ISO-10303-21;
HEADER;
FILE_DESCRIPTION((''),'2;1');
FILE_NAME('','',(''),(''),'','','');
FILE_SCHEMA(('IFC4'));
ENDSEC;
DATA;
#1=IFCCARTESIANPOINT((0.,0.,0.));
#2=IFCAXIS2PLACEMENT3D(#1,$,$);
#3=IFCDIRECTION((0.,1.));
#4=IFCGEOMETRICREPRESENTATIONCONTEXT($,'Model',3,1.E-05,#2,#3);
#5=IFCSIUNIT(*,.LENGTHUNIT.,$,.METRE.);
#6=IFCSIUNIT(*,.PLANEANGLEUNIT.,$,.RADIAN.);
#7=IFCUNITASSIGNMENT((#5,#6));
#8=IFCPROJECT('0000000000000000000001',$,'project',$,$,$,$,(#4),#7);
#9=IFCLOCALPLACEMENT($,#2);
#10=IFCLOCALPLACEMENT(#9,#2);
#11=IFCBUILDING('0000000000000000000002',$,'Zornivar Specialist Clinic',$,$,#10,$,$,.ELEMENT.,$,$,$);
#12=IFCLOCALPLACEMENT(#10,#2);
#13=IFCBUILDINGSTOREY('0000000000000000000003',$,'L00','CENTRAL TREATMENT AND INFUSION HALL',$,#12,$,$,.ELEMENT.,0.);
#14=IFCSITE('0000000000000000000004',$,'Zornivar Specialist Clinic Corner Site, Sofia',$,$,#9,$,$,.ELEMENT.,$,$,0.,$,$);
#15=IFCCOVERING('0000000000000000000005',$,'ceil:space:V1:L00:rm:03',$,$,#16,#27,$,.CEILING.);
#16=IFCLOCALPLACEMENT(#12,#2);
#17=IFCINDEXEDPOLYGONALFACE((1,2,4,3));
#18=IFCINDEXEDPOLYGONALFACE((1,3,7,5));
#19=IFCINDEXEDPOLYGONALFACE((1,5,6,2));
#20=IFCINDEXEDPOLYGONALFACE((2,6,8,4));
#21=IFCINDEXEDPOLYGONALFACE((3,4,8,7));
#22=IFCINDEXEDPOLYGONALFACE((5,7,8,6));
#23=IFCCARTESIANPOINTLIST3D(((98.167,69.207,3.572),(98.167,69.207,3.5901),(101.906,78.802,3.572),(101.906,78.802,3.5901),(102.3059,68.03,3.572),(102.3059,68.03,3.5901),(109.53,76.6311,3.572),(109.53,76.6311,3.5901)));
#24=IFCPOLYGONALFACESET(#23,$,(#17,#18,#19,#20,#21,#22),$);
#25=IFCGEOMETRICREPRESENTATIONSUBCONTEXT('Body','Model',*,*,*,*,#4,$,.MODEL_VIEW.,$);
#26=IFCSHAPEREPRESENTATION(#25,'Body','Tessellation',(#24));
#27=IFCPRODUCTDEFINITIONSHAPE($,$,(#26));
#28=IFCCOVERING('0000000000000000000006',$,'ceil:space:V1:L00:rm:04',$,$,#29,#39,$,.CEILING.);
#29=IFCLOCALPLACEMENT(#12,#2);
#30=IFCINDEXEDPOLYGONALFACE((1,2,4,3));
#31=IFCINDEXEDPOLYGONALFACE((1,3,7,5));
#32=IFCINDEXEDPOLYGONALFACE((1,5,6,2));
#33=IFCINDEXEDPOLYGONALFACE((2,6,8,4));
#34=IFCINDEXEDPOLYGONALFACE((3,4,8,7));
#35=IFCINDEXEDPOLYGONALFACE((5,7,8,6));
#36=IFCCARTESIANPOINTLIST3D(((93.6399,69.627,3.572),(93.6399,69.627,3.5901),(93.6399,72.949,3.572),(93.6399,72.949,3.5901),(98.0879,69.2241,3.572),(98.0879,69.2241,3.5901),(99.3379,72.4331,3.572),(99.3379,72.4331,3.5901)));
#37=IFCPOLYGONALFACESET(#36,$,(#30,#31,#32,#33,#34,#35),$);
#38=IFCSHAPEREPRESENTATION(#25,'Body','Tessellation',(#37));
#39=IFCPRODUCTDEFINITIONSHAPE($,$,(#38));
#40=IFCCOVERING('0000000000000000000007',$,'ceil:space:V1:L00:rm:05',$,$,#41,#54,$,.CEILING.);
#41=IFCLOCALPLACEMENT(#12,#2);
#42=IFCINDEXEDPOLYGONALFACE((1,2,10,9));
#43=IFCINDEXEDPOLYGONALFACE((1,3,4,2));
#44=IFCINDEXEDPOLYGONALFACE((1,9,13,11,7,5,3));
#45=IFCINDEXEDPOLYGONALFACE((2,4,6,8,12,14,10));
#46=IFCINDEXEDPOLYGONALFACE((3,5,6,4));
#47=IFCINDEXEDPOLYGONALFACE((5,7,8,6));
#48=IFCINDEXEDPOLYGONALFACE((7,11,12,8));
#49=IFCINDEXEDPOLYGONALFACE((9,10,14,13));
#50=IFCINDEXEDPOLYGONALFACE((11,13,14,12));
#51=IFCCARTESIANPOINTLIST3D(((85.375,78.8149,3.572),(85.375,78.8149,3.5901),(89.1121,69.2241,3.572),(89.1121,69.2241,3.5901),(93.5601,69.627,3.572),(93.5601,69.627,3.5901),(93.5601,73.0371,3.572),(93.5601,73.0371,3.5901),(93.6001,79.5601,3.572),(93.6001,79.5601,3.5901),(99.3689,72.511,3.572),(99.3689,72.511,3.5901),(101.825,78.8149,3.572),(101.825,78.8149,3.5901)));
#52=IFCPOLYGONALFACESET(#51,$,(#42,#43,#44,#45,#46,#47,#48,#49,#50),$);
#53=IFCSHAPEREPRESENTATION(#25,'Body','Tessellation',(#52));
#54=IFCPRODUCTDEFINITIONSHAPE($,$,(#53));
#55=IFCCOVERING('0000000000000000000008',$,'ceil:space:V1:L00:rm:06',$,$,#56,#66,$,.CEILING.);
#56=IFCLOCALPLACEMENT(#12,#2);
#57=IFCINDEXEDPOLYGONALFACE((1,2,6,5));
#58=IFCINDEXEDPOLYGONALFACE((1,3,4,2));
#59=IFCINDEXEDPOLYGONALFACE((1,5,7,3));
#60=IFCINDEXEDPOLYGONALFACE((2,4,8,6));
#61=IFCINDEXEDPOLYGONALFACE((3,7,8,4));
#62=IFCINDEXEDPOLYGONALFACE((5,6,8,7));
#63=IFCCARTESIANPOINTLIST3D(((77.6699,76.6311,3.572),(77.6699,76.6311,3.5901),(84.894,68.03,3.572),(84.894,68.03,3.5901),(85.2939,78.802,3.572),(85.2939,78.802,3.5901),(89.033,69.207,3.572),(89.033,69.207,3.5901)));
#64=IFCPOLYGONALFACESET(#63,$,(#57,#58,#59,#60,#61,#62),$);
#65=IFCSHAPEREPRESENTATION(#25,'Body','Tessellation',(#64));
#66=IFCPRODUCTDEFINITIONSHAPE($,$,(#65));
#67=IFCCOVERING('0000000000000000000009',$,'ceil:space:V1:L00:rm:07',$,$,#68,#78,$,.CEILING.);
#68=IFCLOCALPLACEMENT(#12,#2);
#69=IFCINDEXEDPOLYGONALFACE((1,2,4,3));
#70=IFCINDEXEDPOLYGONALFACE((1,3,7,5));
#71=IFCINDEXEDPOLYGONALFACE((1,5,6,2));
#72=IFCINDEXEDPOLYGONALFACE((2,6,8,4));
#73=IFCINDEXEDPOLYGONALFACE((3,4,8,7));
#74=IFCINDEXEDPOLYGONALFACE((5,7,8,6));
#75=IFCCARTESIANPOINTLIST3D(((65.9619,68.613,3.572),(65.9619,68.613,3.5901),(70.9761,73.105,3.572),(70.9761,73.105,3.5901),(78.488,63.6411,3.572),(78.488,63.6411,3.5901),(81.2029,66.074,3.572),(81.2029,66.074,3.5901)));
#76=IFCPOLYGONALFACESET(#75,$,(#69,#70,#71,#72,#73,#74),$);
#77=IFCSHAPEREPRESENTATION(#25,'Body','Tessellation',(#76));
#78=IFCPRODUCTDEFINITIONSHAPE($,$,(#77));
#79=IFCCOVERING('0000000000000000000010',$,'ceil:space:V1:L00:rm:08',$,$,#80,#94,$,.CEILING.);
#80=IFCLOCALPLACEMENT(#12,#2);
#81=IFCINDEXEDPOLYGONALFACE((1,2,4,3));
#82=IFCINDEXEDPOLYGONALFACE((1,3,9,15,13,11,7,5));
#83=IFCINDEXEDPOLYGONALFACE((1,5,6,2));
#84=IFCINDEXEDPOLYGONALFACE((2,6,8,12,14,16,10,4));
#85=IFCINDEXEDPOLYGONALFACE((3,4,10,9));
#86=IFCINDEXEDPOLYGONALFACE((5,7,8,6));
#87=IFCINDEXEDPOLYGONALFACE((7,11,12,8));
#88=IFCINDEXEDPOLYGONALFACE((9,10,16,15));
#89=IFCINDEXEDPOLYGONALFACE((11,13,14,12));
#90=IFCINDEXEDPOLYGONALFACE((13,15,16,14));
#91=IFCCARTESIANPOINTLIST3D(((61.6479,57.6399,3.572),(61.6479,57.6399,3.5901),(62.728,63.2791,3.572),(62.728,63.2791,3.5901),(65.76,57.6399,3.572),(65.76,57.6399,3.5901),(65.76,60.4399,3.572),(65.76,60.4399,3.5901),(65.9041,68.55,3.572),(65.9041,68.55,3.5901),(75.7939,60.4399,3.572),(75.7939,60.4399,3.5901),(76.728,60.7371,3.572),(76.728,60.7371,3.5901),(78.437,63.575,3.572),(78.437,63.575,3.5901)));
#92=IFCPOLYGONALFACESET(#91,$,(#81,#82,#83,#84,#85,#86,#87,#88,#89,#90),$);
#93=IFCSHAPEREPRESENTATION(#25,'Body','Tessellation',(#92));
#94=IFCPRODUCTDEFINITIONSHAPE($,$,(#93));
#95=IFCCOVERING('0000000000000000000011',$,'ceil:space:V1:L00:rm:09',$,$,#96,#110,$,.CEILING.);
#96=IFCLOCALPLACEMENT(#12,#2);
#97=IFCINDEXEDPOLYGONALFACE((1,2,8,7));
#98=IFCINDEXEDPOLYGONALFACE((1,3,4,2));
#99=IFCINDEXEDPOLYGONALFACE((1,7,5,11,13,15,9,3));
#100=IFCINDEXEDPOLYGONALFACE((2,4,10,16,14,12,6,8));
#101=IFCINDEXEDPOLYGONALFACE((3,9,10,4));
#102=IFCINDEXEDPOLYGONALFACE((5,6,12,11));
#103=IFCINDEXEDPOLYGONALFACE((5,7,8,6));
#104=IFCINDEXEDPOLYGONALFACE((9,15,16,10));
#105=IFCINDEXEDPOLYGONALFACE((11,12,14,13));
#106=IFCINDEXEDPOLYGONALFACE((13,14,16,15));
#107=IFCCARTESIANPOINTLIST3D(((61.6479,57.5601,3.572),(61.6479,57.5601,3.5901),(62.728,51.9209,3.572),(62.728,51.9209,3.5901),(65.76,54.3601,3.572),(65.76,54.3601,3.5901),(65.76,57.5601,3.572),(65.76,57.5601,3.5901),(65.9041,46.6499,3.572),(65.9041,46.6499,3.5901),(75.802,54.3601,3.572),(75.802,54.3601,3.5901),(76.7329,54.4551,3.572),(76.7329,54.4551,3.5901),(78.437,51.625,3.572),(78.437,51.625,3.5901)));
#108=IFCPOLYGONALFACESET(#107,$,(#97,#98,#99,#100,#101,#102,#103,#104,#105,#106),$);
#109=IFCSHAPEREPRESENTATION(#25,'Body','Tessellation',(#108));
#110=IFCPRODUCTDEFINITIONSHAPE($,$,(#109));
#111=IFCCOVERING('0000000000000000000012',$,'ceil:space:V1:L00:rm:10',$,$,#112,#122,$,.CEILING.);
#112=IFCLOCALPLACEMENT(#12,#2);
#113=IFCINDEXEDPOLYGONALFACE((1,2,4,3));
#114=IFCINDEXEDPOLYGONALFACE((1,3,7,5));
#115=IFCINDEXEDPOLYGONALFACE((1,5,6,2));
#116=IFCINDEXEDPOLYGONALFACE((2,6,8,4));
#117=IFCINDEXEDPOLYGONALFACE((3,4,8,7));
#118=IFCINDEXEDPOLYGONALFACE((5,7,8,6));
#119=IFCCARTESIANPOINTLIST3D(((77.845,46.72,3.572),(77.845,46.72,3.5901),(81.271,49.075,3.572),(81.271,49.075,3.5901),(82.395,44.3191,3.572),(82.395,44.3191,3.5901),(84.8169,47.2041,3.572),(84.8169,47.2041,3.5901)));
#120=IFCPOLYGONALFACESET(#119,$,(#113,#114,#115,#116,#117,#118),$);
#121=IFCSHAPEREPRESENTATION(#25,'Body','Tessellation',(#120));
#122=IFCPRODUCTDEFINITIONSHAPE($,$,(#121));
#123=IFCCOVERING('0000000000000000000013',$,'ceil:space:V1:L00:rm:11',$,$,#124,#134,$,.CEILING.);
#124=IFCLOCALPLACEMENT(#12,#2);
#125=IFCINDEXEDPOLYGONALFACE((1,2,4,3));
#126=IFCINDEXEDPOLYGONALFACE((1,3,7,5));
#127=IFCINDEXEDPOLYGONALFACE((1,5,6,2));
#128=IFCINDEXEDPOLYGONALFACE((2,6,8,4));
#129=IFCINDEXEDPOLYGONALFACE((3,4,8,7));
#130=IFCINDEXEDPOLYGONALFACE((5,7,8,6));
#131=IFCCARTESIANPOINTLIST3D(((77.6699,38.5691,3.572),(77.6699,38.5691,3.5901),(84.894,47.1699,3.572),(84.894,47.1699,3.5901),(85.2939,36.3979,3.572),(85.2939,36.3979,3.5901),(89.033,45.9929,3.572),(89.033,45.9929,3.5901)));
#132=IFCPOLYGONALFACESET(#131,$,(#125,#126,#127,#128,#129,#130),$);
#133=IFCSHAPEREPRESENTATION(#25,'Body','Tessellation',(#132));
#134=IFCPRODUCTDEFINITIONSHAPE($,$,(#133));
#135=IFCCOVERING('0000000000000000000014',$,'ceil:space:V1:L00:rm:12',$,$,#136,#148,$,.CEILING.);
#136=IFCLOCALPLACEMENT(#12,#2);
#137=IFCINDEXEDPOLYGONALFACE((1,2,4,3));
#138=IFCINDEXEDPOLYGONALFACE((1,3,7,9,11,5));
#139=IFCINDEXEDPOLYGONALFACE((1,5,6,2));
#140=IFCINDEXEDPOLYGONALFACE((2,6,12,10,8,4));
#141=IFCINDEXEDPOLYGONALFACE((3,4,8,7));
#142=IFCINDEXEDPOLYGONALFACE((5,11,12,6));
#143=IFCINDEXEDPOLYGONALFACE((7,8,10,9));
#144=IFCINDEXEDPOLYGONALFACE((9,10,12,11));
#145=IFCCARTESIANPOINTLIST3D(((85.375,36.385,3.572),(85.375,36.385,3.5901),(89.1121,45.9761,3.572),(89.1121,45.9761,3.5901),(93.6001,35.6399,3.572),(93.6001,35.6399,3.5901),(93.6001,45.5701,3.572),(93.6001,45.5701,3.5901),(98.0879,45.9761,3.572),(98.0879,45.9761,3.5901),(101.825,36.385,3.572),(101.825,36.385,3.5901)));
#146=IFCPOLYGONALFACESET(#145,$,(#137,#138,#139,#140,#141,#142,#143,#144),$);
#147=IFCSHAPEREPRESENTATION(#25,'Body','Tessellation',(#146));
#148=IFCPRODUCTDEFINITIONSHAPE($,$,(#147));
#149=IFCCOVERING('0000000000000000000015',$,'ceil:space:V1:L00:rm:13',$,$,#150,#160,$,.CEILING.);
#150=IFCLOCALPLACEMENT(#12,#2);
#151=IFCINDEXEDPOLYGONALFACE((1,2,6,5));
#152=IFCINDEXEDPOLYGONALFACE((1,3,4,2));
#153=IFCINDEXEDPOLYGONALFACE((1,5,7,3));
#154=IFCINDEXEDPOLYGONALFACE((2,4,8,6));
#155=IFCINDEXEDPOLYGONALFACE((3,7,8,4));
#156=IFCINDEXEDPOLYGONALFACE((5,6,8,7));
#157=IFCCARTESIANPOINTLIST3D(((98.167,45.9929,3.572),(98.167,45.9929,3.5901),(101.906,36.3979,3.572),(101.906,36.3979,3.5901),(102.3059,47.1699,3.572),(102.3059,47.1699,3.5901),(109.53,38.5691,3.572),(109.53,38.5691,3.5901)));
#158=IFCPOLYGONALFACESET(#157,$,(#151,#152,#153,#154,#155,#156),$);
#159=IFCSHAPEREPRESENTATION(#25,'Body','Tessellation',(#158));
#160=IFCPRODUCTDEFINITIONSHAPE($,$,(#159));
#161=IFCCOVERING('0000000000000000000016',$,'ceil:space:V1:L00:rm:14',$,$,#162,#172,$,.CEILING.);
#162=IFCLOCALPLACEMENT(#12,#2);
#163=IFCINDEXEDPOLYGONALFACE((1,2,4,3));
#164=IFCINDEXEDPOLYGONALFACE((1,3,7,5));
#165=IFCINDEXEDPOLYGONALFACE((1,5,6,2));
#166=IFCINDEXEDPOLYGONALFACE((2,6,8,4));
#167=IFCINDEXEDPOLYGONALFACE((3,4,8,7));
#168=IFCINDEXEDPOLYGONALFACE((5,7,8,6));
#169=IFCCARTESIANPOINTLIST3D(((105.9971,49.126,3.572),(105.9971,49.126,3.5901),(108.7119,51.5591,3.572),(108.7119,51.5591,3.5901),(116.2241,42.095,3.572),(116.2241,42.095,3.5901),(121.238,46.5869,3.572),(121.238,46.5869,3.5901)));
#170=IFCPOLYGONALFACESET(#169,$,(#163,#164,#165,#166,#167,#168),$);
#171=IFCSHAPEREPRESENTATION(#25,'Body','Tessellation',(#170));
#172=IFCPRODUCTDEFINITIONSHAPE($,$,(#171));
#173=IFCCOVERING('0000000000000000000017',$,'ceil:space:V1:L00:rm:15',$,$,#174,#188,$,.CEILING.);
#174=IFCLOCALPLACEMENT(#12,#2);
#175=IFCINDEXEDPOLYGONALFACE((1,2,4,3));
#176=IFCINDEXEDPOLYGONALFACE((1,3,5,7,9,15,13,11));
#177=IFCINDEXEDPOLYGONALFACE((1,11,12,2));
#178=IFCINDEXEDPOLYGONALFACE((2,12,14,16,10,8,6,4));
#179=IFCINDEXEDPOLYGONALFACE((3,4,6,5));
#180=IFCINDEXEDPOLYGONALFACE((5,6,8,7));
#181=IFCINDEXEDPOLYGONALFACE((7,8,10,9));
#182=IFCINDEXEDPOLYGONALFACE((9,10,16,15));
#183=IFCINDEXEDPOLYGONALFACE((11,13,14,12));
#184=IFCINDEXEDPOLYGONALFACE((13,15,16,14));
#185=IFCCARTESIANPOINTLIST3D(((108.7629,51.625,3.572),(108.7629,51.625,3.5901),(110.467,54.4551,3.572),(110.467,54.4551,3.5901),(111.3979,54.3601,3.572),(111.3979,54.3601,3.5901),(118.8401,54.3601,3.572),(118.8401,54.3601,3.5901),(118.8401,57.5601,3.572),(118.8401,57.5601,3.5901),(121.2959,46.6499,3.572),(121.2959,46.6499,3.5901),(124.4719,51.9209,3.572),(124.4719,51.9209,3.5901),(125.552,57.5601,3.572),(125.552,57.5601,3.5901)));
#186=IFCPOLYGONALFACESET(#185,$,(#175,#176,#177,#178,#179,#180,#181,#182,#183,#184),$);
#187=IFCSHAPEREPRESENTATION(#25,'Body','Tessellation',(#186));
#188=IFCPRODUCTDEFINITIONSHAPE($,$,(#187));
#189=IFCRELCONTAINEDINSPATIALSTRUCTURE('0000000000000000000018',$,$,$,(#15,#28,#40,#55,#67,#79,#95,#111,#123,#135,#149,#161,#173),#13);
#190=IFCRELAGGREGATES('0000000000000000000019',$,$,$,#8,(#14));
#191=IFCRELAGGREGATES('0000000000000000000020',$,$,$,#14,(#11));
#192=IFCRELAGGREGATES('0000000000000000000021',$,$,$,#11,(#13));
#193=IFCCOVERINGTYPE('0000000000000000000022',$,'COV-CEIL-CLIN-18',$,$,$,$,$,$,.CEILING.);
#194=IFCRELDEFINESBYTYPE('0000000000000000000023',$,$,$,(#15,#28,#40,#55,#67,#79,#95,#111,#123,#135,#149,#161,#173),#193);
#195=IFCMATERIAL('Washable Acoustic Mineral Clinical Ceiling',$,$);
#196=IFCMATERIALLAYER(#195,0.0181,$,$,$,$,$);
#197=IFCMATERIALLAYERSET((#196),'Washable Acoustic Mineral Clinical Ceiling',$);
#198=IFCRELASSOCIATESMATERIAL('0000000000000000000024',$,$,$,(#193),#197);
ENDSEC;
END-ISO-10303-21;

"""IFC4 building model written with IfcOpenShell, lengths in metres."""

from ifc_helpers import new_model, si_unit, direction, frame, origin, place, context, subcontext, project, spatial, polyline, outline, extrude, material, layer, layer_set, type_object, element, save


model = new_model("IFC4")

# Units and contexts
model_context = context("Model", 3, precision=1e-05, world=origin(), true_north=direction((0.0, 1.0)))
body_context = subcontext(model_context, "Body", "Model", "MODEL_VIEW")
ifc_project = project(units=[si_unit("LENGTHUNIT", "METRE"), si_unit("PLANEANGLEUNIT", "RADIAN")], contexts=[model_context])

# Site, building, storey
site_placement = place(None, origin())
site = spatial("IfcSite", under=ifc_project, at=site_placement, Name="Zornivar Specialist Clinic Corner Site, Sofia", CompositionType="ELEMENT", RefElevation=0.0)
building_placement = place(site_placement, origin())
building = spatial("IfcBuilding", under=site, at=building_placement, Name="Zornivar Specialist Clinic", CompositionType="ELEMENT")
storey_placement = place(building_placement, origin())
storey = spatial("IfcBuildingStorey", under=building, at=storey_placement, Name="L00", Description="CENTRAL TREATMENT AND INFUSION HALL", CompositionType="ELEMENT", Elevation=0.0)

# Coverings
ifc_material_1 = material(Name="Washable Acoustic Mineral Clinical Ceiling")
ifc_layer_1 = layer(ifc_material_1, 0.0181)
ifc_layer_set_1 = layer_set([ifc_layer_1], Name="Washable Acoustic Mineral Clinical Ceiling")
covering_type_1 = type_object("IfcCoveringType", Name="COV-CEIL-CLIN-18", PredefinedType="CEILING", material=ifc_layer_set_1)
covering_1_placement = place(storey_placement, frame((0.0, 0.0, 3.572)))
element("IfcCovering", 1, at=covering_1_placement, inside=storey, type_object=covering_type_1, Name="ceil:space:V1:L00:rm:03", PredefinedType="CEILING", context=body_context, shape_type="SweptSolid", body=[
    extrude(outline(polyline([(101.906, 78.802), (109.53, 76.6311), (102.3059, 68.03), (98.167, 69.207), (101.906, 78.802)])), origin(), (0.0, 0.0, 1.0), 0.0181),
])
covering_2_placement = place(storey_placement, frame((0.0, 0.0, 3.572)))
element("IfcCovering", 2, at=covering_2_placement, inside=storey, type_object=covering_type_1, Name="ceil:space:V1:L00:rm:04", PredefinedType="CEILING", context=body_context, shape_type="SweptSolid", body=[
    extrude(outline(polyline([(93.6399, 72.949), (99.3379, 72.4331), (98.0879, 69.2241), (93.6399, 69.627), (93.6399, 72.949)])), origin(), (0.0, 0.0, 1.0), 0.0181),
])
covering_3_placement = place(storey_placement, frame((0.0, 0.0, 3.572)))
element("IfcCovering", 3, at=covering_3_placement, inside=storey, type_object=covering_type_1, Name="ceil:space:V1:L00:rm:05", PredefinedType="CEILING", context=body_context, shape_type="SweptSolid", body=[
    extrude(outline(polyline([(85.375, 78.8149), (93.6001, 79.5601), (101.825, 78.8149), (99.3689, 72.511), (93.5601, 73.0371), (93.5601, 69.627), (89.1121, 69.2241), (85.375, 78.8149)])), origin(), (0.0, 0.0, 1.0), 0.0181),
])
covering_4_placement = place(storey_placement, frame((0.0, 0.0, 3.572)))
element("IfcCovering", 4, at=covering_4_placement, inside=storey, type_object=covering_type_1, Name="ceil:space:V1:L00:rm:06", PredefinedType="CEILING", context=body_context, shape_type="SweptSolid", body=[
    extrude(outline(polyline([(77.6699, 76.6311), (85.2939, 78.802), (89.033, 69.207), (84.894, 68.03), (77.6699, 76.6311)])), origin(), (0.0, 0.0, 1.0), 0.0181),
])
covering_5_placement = place(storey_placement, frame((0.0, 0.0, 3.572)))
element("IfcCovering", 5, at=covering_5_placement, inside=storey, type_object=covering_type_1, Name="ceil:space:V1:L00:rm:07", PredefinedType="CEILING", context=body_context, shape_type="SweptSolid", body=[
    extrude(outline(polyline([(65.9619, 68.613), (70.9761, 73.105), (81.2029, 66.074), (78.488, 63.6411), (65.9619, 68.613)])), origin(), (0.0, 0.0, 1.0), 0.0181),
])
covering_6_placement = place(storey_placement, frame((0.0, 0.0, 3.572)))
element("IfcCovering", 6, at=covering_6_placement, inside=storey, type_object=covering_type_1, Name="ceil:space:V1:L00:rm:08", PredefinedType="CEILING", context=body_context, shape_type="SweptSolid", body=[
    extrude(outline(polyline([(65.76, 60.4399), (65.76, 57.6399), (61.6479, 57.6399), (62.728, 63.2791), (65.9041, 68.55), (78.437, 63.575), (76.728, 60.7371), (75.7939, 60.4399), (65.76, 60.4399)])), origin(), (0.0, 0.0, 1.0), 0.0181),
])
covering_7_placement = place(storey_placement, frame((0.0, 0.0, 3.572)))
element("IfcCovering", 7, at=covering_7_placement, inside=storey, type_object=covering_type_1, Name="ceil:space:V1:L00:rm:09", PredefinedType="CEILING", context=body_context, shape_type="SweptSolid", body=[
    extrude(outline(polyline([(62.728, 51.9209), (61.6479, 57.5601), (65.76, 57.5601), (65.76, 54.3601), (75.802, 54.3601), (76.7329, 54.4551), (78.437, 51.625), (65.9041, 46.6499), (62.728, 51.9209)])), origin(), (0.0, 0.0, 1.0), 0.0181),
])
covering_8_placement = place(storey_placement, frame((0.0, 0.0, 3.572)))
element("IfcCovering", 8, at=covering_8_placement, inside=storey, type_object=covering_type_1, Name="ceil:space:V1:L00:rm:10", PredefinedType="CEILING", context=body_context, shape_type="SweptSolid", body=[
    extrude(outline(polyline([(82.395, 44.3191), (77.845, 46.72), (81.271, 49.075), (84.8169, 47.2041), (82.395, 44.3191)])), origin(), (0.0, 0.0, 1.0), 0.0181),
])
covering_9_placement = place(storey_placement, frame((0.0, 0.0, 3.572)))
element("IfcCovering", 9, at=covering_9_placement, inside=storey, type_object=covering_type_1, Name="ceil:space:V1:L00:rm:11", PredefinedType="CEILING", context=body_context, shape_type="SweptSolid", body=[
    extrude(outline(polyline([(85.2939, 36.3979), (77.6699, 38.5691), (84.894, 47.1699), (89.033, 45.9929), (85.2939, 36.3979)])), origin(), (0.0, 0.0, 1.0), 0.0181),
])
covering_10_placement = place(storey_placement, frame((0.0, 0.0, 3.572)))
element("IfcCovering", 10, at=covering_10_placement, inside=storey, type_object=covering_type_1, Name="ceil:space:V1:L00:rm:12", PredefinedType="CEILING", context=body_context, shape_type="SweptSolid", body=[
    extrude(outline(polyline([(93.6001, 45.5701), (98.0879, 45.9761), (101.825, 36.385), (93.6001, 35.6399), (85.375, 36.385), (89.1121, 45.9761), (93.6001, 45.5701)])), origin(), (0.0, 0.0, 1.0), 0.0181),
])
covering_11_placement = place(storey_placement, frame((0.0, 0.0, 3.572)))
element("IfcCovering", 11, at=covering_11_placement, inside=storey, type_object=covering_type_1, Name="ceil:space:V1:L00:rm:13", PredefinedType="CEILING", context=body_context, shape_type="SweptSolid", body=[
    extrude(outline(polyline([(109.53, 38.5691), (101.906, 36.3979), (98.167, 45.9929), (102.3059, 47.1699), (109.53, 38.5691)])), origin(), (0.0, 0.0, 1.0), 0.0181),
])
covering_12_placement = place(storey_placement, frame((0.0, 0.0, 3.572)))
element("IfcCovering", 12, at=covering_12_placement, inside=storey, type_object=covering_type_1, Name="ceil:space:V1:L00:rm:14", PredefinedType="CEILING", context=body_context, shape_type="SweptSolid", body=[
    extrude(outline(polyline([(121.238, 46.5869), (116.2241, 42.095), (105.9971, 49.126), (108.7119, 51.5591), (121.238, 46.5869)])), origin(), (0.0, 0.0, 1.0), 0.0181),
])
covering_13_placement = place(storey_placement, frame((0.0, 0.0, 3.572)))
element("IfcCovering", 13, at=covering_13_placement, inside=storey, type_object=covering_type_1, Name="ceil:space:V1:L00:rm:15", PredefinedType="CEILING", context=body_context, shape_type="SweptSolid", body=[
    extrude(outline(polyline([(110.467, 54.4551), (111.3979, 54.3601), (118.8401, 54.3601), (118.8401, 57.5601), (125.552, 57.5601), (124.4719, 51.9209), (121.2959, 46.6499), (108.7629, 51.625), (110.467, 54.4551)])), origin(), (0.0, 0.0, 1.0), 0.0181),
])

save(model, "model.ifc")
